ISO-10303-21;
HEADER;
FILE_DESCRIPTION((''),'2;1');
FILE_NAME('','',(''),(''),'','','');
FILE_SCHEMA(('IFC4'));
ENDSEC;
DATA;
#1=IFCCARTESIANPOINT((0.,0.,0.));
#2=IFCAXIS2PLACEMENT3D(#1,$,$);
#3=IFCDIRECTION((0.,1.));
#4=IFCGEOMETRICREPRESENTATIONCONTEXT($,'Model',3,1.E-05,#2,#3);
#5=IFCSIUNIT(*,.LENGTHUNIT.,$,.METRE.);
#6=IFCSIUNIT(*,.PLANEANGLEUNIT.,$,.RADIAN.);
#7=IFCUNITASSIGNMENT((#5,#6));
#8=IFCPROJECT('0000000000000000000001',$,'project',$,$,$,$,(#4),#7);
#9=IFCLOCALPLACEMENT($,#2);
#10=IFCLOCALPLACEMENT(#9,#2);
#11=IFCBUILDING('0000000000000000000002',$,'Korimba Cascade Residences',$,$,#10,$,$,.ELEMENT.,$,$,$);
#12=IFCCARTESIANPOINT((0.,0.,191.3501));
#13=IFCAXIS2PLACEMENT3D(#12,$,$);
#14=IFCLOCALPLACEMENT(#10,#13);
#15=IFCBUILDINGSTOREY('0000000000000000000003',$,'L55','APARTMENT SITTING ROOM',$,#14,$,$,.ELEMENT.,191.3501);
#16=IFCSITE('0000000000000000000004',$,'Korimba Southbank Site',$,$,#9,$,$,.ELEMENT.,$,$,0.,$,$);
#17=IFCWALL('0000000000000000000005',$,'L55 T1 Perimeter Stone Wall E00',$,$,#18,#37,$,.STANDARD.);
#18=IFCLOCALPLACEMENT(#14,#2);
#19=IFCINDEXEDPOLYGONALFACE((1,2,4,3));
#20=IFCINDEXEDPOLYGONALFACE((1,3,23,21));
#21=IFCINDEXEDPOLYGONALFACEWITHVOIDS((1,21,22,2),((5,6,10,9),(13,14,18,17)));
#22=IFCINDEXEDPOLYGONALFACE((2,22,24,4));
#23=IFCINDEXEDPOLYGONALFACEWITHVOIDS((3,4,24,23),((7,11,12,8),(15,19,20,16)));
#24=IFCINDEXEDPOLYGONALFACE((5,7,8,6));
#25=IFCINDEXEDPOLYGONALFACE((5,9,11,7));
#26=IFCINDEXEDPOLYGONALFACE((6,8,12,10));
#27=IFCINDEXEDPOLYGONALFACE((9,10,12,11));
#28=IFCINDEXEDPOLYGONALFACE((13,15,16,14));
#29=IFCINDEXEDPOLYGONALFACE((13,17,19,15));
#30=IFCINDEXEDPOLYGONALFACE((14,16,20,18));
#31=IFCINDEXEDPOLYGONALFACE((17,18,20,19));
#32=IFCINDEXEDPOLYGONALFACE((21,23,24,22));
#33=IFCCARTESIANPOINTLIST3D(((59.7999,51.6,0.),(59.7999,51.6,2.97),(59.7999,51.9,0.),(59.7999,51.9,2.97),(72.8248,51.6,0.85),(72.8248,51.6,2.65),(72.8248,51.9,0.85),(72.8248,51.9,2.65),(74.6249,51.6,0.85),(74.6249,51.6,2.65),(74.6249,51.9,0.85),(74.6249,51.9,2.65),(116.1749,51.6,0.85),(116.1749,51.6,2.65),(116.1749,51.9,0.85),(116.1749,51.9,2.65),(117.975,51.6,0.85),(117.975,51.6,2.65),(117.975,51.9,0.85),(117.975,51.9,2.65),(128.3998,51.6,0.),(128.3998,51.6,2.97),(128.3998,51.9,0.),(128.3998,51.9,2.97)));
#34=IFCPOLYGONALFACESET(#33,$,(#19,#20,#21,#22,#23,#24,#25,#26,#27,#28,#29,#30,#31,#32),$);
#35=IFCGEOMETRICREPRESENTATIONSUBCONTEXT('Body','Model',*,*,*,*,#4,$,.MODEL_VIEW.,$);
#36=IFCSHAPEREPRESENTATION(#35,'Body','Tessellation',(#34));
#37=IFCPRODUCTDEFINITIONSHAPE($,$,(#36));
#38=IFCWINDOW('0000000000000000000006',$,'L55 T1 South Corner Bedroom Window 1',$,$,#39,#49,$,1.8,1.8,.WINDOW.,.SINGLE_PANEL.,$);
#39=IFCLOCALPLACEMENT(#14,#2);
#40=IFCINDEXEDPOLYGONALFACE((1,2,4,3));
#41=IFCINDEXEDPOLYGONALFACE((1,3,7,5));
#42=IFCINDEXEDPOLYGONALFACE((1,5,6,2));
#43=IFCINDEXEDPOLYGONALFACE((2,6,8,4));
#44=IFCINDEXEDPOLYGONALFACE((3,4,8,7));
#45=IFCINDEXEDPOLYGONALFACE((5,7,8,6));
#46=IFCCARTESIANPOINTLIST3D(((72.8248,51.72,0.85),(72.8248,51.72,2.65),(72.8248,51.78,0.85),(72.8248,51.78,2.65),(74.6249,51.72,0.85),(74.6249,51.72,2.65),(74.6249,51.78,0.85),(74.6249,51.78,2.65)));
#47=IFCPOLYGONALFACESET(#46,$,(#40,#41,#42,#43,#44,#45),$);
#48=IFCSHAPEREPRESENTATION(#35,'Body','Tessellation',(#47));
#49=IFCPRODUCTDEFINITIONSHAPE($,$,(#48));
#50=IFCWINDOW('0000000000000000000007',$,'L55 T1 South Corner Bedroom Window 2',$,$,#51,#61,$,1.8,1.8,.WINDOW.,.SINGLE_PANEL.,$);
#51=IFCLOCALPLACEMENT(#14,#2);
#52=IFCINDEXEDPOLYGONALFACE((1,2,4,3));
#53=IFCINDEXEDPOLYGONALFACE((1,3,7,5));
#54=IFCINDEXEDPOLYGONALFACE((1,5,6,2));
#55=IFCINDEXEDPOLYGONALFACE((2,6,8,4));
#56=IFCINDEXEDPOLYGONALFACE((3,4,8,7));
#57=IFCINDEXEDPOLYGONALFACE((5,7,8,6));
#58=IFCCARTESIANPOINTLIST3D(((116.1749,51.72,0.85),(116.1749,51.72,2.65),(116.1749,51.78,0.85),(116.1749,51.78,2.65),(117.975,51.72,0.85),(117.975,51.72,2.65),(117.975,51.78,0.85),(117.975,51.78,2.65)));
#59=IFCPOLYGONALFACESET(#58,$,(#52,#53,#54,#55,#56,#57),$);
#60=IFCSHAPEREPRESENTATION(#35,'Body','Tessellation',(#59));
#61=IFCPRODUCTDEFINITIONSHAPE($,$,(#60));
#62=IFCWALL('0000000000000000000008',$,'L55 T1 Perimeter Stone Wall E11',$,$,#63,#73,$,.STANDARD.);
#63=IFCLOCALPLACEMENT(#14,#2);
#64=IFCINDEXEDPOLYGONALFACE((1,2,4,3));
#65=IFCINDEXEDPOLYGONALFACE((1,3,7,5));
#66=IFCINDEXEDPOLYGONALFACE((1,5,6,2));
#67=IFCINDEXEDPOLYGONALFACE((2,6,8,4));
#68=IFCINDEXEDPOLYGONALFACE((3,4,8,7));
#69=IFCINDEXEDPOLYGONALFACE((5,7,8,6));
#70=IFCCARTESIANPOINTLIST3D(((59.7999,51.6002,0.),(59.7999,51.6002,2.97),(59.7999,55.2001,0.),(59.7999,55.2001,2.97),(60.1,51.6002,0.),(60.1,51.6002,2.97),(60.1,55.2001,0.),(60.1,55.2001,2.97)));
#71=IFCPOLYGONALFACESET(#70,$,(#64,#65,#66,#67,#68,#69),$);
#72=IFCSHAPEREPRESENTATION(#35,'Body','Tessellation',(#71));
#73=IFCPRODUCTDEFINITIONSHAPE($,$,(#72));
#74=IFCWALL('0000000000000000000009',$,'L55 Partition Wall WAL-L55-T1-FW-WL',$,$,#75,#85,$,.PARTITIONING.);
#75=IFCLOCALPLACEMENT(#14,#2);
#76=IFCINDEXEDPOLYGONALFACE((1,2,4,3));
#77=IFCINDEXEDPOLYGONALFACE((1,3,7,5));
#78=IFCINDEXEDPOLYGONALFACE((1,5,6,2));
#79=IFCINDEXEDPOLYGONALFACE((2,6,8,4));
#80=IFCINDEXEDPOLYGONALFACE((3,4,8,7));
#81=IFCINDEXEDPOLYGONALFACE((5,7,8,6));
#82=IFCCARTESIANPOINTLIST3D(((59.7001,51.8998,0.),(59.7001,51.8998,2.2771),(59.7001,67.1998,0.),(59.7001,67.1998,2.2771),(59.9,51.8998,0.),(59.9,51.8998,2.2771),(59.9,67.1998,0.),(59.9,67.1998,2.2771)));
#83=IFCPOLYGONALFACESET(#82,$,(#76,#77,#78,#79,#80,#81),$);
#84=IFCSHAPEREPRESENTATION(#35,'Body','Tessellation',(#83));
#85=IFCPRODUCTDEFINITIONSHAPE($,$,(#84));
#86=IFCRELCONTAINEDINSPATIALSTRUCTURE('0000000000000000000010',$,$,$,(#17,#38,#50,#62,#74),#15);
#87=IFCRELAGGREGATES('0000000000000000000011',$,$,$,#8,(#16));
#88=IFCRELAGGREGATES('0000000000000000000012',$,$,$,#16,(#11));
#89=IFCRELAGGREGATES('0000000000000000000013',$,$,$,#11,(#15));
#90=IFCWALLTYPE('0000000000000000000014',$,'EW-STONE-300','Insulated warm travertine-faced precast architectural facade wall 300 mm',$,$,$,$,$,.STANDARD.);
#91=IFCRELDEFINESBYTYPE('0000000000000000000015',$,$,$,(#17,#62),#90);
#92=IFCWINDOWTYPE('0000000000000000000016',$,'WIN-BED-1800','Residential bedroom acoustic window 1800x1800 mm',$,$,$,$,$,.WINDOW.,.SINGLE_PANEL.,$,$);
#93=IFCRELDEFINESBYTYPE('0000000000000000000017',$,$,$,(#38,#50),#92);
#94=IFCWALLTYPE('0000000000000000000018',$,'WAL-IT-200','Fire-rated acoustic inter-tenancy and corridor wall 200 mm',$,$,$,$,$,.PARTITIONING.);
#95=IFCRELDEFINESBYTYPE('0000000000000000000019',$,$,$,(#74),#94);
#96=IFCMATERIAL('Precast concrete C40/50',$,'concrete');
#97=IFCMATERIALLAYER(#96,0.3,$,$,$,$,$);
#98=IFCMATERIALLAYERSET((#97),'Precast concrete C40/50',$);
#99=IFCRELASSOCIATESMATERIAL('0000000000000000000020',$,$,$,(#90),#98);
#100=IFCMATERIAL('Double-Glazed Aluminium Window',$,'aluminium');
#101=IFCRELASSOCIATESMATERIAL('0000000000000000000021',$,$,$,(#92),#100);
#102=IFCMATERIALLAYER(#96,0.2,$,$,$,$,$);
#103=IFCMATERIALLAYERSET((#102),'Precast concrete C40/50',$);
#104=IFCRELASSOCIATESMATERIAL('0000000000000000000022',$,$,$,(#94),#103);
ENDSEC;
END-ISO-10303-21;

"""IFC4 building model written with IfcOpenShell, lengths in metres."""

from ifc_helpers import new_model, si_unit, direction, frame, frame_2d, origin, place, context, subcontext, project, spatial, rectangle, extrude, material, layer, layer_set, type_object, element, fill, save


model = new_model("IFC4")

# Units and contexts
model_context = context("Model", 3, precision=1e-05, world=origin(), true_north=direction((0.0, 1.0)))
body_context = subcontext(model_context, "Body", "Model", "MODEL_VIEW")
ifc_project = project(units=[si_unit("LENGTHUNIT", "METRE"), si_unit("PLANEANGLEUNIT", "RADIAN")], contexts=[model_context])

# Site, building, storey
site_placement = place(None, origin())
site = spatial("IfcSite", under=ifc_project, at=site_placement, Name="Korimba Southbank Site", CompositionType="ELEMENT", RefElevation=0.0)
building_placement = place(site_placement, origin())
building = spatial("IfcBuilding", under=site, at=building_placement, Name="Korimba Cascade Residences", CompositionType="ELEMENT")
storey_placement = place(building_placement, frame((0.0, 0.0, 191.3501)))
storey = spatial("IfcBuildingStorey", under=building, at=storey_placement, Name="L55", Description="APARTMENT SITTING ROOM", CompositionType="ELEMENT", Elevation=191.3501)

# Shared definitions
ifc_material_1 = material(Name="Precast concrete C40/50", Category="concrete")

# Wall, openings, windows
ifc_layer_1 = layer(ifc_material_1, 0.3)
ifc_layer_set_1 = layer_set([ifc_layer_1], Name="Precast concrete C40/50")
wall_type_1 = type_object("IfcWallType", Name="EW-STONE-300", Description="Insulated warm travertine-faced precast architectural facade wall 300 mm", PredefinedType="STANDARD", material=ifc_layer_set_1)
wall_1_placement = place(storey_placement, frame((59.8, 51.75, 0.0), z_axis=(0.0, 0.0, 1.0), x_axis=(1.0, 0.0, 0.0)))
wall_1 = element("IfcWall", 1, at=wall_1_placement, inside=storey, type_object=wall_type_1, Name="L55 T1 Perimeter Stone Wall E00", PredefinedType="STANDARD", context=body_context, shape_type="SweptSolid", body=[
    extrude(rectangle(XDim=68.5999, YDim=0.3, at=frame_2d((34.2998, 0.0))), origin(), (0.0, 0.0, 1.0), 2.97),
])
opening_1_placement = place(wall_1_placement, frame((13.0249, 0.0, 0.8501)))
opening_1 = element("IfcOpeningElement", 2, at=opening_1_placement, cuts=wall_1, PredefinedType="OPENING", context=body_context, shape_type="SweptSolid", body=[
    extrude(rectangle(XDim=1.8, YDim=1.8, at=frame_2d((0.8999, 0.8999))), frame((0.0, 0.1602, 0.0), z_axis=(0.0, -1.0, 0.0), x_axis=(1.0, 0.0, 0.0)), (0.0, 0.0, 1.0), 0.3201),
])
opening_2_placement = place(wall_1_placement, frame((56.375, 0.0, 0.8501)))
opening_2 = element("IfcOpeningElement", 3, at=opening_2_placement, cuts=wall_1, PredefinedType="OPENING", context=body_context, shape_type="SweptSolid", body=[
    extrude(rectangle(XDim=1.8, YDim=1.8, at=frame_2d((0.8999, 0.8999))), frame((0.0, 0.1602, 0.0), z_axis=(0.0, -1.0, 0.0), x_axis=(1.0, 0.0, 0.0)), (0.0, 0.0, 1.0), 0.3201),
])
ifc_material_2 = material(Name="Double-Glazed Aluminium Window", Category="aluminium")
window_type = type_object("IfcWindowType", Name="WIN-BED-1800", Description="Residential bedroom acoustic window 1800x1800 mm", PartitioningType="SINGLE_PANEL", PredefinedType="WINDOW", material=ifc_material_2)
window_1_placement = place(opening_1_placement, origin())
window_1 = element("IfcWindow", 4, at=window_1_placement, inside=storey, type_object=window_type, Name="L55 T1 South Corner Bedroom Window 1", OverallHeight=1.8, OverallWidth=1.8, PartitioningType="SINGLE_PANEL", PredefinedType="WINDOW", context=body_context, shape_type="SweptSolid", body=[
    extrude(rectangle(XDim=1.8, YDim=1.8, at=frame_2d((0.8999, 0.8999))), frame((0.0, 0.03, 0.0), z_axis=(0.0, -1.0, 0.0), x_axis=(1.0, 0.0, 0.0)), (0.0, 0.0, 1.0), 0.0601),
])
fill(opening_1, window_1)
window_2_placement = place(opening_2_placement, origin())
window_2 = element("IfcWindow", 5, at=window_2_placement, inside=storey, type_object=window_type, Name="L55 T1 South Corner Bedroom Window 2", OverallHeight=1.8, OverallWidth=1.8, PartitioningType="SINGLE_PANEL", PredefinedType="WINDOW", context=body_context, shape_type="SweptSolid", body=[
    extrude(rectangle(XDim=1.8, YDim=1.8, at=frame_2d((0.8999, 0.8999))), frame((0.0, 0.03, 0.0), z_axis=(0.0, -1.0, 0.0), x_axis=(1.0, 0.0, 0.0)), (0.0, 0.0, 1.0), 0.0601),
])
fill(opening_2, window_2)

# Walls
wall_2_placement = place(storey_placement, frame((59.95, 55.2, 0.0), z_axis=(0.0, 0.0, 1.0), x_axis=(0.0, -1.0, 0.0)))
element("IfcWall", 6, at=wall_2_placement, inside=storey, type_object=wall_type_1, Name="L55 T1 Perimeter Stone Wall E11", PredefinedType="STANDARD", context=body_context, shape_type="SweptSolid", body=[
    extrude(rectangle(XDim=3.5999, YDim=0.3, at=frame_2d((1.7998, 0.0))), origin(), (0.0, 0.0, 1.0), 2.97),
])
ifc_layer_2 = layer(ifc_material_1, 0.2)
ifc_layer_set_2 = layer_set([ifc_layer_2], Name="Precast concrete C40/50")
wall_type_2 = type_object("IfcWallType", Name="WAL-IT-200", Description="Fire-rated acoustic inter-tenancy and corridor wall 200 mm", PredefinedType="PARTITIONING", material=ifc_layer_set_2)
wall_3_placement = place(storey_placement, frame((59.8, 51.8999, 0.0), z_axis=(0.0, 0.0, 1.0), x_axis=(0.0, 1.0, 0.0)))
element("IfcWall", 7, at=wall_3_placement, inside=storey, type_object=wall_type_2, Name="L55 Partition Wall WAL-L55-T1-FW-WL", PredefinedType="PARTITIONING", context=body_context, shape_type="SweptSolid", body=[
    extrude(rectangle(XDim=15.3, YDim=0.2, at=frame_2d((7.6499, 0.0))), origin(), (0.0, 0.0, 1.0), 2.2771),
])

save(model, "model.ifc")
